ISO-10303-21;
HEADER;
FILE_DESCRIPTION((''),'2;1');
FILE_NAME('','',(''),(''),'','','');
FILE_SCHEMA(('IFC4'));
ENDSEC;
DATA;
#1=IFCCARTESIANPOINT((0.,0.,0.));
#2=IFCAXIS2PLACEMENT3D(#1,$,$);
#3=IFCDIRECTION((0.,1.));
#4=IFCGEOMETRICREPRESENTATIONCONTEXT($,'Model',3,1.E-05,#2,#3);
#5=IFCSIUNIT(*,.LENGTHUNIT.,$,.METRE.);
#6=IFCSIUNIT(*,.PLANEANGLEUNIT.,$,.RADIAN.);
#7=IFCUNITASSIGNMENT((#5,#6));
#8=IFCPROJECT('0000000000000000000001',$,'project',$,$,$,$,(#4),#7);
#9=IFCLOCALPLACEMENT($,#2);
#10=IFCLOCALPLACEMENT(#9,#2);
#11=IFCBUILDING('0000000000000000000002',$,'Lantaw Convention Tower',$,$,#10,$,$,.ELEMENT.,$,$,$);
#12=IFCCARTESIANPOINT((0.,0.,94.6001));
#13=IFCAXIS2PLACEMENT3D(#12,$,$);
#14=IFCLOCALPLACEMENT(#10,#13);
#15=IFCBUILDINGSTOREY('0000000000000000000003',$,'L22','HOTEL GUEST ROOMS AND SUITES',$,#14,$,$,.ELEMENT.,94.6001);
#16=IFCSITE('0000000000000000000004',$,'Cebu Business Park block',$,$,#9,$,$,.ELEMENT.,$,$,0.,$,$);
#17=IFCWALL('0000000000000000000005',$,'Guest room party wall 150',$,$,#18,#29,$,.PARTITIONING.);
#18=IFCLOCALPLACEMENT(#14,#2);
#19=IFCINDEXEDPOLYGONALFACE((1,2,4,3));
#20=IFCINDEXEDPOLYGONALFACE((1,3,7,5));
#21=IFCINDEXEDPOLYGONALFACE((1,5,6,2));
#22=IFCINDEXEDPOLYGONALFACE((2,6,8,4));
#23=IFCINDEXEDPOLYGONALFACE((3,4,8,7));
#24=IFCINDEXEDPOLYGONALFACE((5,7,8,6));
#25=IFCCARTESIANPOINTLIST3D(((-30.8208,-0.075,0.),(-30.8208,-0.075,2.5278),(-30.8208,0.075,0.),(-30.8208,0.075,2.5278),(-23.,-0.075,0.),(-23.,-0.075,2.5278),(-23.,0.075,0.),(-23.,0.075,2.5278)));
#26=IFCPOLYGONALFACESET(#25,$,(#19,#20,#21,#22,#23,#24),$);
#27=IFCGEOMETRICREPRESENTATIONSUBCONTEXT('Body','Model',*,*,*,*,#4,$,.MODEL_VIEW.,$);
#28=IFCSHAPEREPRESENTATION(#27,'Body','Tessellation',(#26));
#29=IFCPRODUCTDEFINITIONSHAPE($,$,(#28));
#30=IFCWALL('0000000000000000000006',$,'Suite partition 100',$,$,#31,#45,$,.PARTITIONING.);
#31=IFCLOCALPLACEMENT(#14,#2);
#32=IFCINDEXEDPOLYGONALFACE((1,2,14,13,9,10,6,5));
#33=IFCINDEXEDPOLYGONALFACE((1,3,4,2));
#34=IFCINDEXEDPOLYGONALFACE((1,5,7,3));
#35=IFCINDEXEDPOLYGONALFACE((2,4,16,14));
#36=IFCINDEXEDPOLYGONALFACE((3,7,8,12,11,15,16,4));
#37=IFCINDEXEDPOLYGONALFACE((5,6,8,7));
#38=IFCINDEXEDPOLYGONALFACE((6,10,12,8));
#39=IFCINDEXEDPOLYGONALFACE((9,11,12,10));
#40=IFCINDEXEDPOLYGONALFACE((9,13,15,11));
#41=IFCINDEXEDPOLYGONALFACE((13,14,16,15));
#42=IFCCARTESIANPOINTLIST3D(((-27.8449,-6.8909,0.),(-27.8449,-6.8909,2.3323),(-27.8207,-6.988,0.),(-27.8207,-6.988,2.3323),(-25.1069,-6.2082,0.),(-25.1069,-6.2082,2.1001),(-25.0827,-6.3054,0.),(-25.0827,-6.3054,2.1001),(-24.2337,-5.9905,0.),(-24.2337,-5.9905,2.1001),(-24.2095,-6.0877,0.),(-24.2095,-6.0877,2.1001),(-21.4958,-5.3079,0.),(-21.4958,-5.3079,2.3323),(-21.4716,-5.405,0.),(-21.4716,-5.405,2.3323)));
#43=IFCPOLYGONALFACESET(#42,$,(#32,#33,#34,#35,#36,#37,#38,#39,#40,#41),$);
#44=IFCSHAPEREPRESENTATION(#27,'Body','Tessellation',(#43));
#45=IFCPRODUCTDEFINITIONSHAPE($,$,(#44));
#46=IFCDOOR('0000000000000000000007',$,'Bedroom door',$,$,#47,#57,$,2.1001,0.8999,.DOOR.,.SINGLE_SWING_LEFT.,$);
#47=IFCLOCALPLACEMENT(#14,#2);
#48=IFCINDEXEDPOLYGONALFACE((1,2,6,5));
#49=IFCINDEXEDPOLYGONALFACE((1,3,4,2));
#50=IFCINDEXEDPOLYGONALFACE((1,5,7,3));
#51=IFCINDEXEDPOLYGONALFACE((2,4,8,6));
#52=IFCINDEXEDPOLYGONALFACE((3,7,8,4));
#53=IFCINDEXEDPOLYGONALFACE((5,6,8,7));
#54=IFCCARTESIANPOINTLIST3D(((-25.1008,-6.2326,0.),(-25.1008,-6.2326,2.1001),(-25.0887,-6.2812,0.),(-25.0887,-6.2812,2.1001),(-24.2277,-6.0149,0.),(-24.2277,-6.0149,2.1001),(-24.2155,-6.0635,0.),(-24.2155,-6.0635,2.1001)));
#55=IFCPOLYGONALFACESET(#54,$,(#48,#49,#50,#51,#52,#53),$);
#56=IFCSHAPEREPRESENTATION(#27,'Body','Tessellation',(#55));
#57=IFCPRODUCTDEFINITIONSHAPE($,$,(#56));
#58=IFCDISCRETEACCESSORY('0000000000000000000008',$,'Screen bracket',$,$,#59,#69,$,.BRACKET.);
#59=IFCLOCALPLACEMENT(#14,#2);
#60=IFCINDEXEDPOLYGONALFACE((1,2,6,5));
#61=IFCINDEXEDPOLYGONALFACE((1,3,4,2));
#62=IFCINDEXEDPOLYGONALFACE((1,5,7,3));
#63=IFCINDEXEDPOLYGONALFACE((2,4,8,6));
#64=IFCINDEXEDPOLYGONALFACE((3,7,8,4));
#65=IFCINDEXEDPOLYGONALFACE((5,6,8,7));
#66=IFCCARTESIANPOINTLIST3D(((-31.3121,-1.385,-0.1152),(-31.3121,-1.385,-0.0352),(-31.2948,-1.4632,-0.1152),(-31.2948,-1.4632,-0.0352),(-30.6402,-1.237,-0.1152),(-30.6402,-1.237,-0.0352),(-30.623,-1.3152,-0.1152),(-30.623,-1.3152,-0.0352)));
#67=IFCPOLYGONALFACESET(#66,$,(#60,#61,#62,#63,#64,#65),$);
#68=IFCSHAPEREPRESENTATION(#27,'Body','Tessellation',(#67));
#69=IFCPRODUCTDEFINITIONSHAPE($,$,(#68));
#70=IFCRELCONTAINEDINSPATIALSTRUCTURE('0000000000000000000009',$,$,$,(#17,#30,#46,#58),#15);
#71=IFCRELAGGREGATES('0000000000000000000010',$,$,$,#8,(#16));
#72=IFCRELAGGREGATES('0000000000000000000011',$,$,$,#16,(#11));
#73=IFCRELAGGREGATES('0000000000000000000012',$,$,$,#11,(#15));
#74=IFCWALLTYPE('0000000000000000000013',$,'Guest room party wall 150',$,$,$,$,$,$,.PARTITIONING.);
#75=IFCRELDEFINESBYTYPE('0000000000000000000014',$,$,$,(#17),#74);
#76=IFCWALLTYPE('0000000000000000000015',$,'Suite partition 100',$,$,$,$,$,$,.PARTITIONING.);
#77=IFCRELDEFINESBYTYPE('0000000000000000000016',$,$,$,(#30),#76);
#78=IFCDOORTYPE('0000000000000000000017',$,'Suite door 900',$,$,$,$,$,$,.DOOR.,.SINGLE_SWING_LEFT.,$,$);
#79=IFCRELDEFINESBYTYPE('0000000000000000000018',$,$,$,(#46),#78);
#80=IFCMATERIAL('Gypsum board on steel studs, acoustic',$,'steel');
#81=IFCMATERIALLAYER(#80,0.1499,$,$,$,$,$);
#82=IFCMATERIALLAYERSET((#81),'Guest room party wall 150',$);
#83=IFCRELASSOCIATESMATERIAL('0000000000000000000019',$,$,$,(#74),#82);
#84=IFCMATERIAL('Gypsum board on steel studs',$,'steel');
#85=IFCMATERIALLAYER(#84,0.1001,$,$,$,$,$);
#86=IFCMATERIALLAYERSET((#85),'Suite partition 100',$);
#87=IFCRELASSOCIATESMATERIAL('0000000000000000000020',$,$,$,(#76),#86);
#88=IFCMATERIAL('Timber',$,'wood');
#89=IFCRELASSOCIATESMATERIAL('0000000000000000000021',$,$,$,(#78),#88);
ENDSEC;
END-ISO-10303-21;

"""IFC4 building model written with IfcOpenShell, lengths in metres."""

from ifc_helpers import new_model, si_unit, direction, frame, frame_2d, origin, origin_2d, place, context, subcontext, project, spatial, rectangle, extrude, material, layer, layer_set, type_object, element, fill, save


model = new_model("IFC4")

# Units and contexts
model_context = context("Model", 3, precision=1e-05, world=origin(), true_north=direction((0.0, 1.0)))
body_context = subcontext(model_context, "Body", "Model", "MODEL_VIEW")
ifc_project = project(units=[si_unit("LENGTHUNIT", "METRE"), si_unit("PLANEANGLEUNIT", "RADIAN")], contexts=[model_context])

# Site, building, storey
site_placement = place(None, origin())
site = spatial("IfcSite", under=ifc_project, at=site_placement, Name="Cebu Business Park block", CompositionType="ELEMENT", RefElevation=0.0)
building_placement = place(site_placement, origin())
building = spatial("IfcBuilding", under=site, at=building_placement, Name="Lantaw Convention Tower", CompositionType="ELEMENT")
storey_placement = place(building_placement, frame((0.0, 0.0, 94.6001)))
storey = spatial("IfcBuildingStorey", under=building, at=storey_placement, Name="L22", Description="HOTEL GUEST ROOMS AND SUITES", CompositionType="ELEMENT", Elevation=94.6001)

# Shared definitions
ifc_material_1 = material(Name="Timber", Category="wood")

# Wall
ifc_material_2 = material(Name="Gypsum board on steel studs, acoustic", Category="steel")
ifc_layer_1 = layer(ifc_material_2, 0.1499)
ifc_layer_set_1 = layer_set([ifc_layer_1], Name="Guest room party wall 150")
wall_type_1 = type_object("IfcWallType", Name="Guest room party wall 150", PredefinedType="PARTITIONING", material=ifc_layer_set_1)
wall_1_placement = place(storey_placement, frame((-30.8208, 0.0, 0.0), z_axis=(0.0, 0.0, 1.0), x_axis=(1.0, 0.0, 0.0)))
element("IfcWall", 1, at=wall_1_placement, inside=storey, type_object=wall_type_1, Name="Guest room party wall 150", PredefinedType="PARTITIONING", context=body_context, shape_type="SweptSolid", body=[
    extrude(rectangle(XDim=7.8208, YDim=0.1499, at=frame_2d((3.9104, 0.0))), origin(), (0.0, 0.0, 1.0), 2.5278),
])

# Wall, opening, door
ifc_material_3 = material(Name="Gypsum board on steel studs", Category="steel")
ifc_layer_2 = layer(ifc_material_3, 0.1001)
ifc_layer_set_2 = layer_set([ifc_layer_2], Name="Suite partition 100")
wall_type_2 = type_object("IfcWallType", Name="Suite partition 100", PredefinedType="PARTITIONING", material=ifc_layer_set_2)
wall_2_placement = place(storey_placement, frame((-27.8328, -6.9395, 0.0), z_axis=(0.0, 0.0, 1.0), x_axis=(0.970296, 0.241921, 0.0)))
wall_2 = element("IfcWall", 2, at=wall_2_placement, inside=storey, type_object=wall_type_2, Name="Suite partition 100", PredefinedType="PARTITIONING", context=body_context, shape_type="SweptSolid", body=[
    extrude(rectangle(XDim=6.5435, YDim=0.1001, at=frame_2d((3.2717, 0.0))), origin(), (0.0, 0.0, 1.0), 2.3323),
])
opening_1_placement = place(wall_2_placement, frame((2.8218, 0.0, 0.0)))
opening_1 = element("IfcOpeningElement", 3, at=opening_1_placement, cuts=wall_2, PredefinedType="OPENING", context=body_context, shape_type="SweptSolid", body=[
    extrude(rectangle(XDim=0.8999, YDim=2.1001, at=frame_2d((0.45, 1.05))), frame((0.0, 0.0601, 0.0), z_axis=(0.0, -1.0, 0.0), x_axis=(1.0, 0.0, 0.0)), (0.0, 0.0, 1.0), 0.1201),
])
door_type_1 = type_object("IfcDoorType", Name="Suite door 900", OperationType="SINGLE_SWING_LEFT", PredefinedType="DOOR", material=ifc_material_1)
door_1_placement = place(opening_1_placement, origin())
door_1 = element("IfcDoor", 4, at=door_1_placement, inside=storey, type_object=door_type_1, Name="Bedroom door", OperationType="SINGLE_SWING_LEFT", OverallHeight=2.1001, OverallWidth=0.8999, PredefinedType="DOOR", context=body_context, shape_type="SweptSolid", body=[
    extrude(rectangle(XDim=0.8999, YDim=2.1001, at=frame_2d((0.45, 1.05))), frame((0.0, 0.0249, 0.0), z_axis=(0.0, -1.0, 0.0), x_axis=(1.0, 0.0, 0.0)), (0.0, 0.0, 1.0), 0.05),
])
fill(opening_1, door_1)

# Discrete accessory
discrete_accessory_placement = place(storey_placement, frame((-30.9675, -1.3501, -0.1152), z_axis=(0.0, 0.0, 1.0), x_axis=(0.215246, -0.97656, 0.0)))
element("IfcDiscreteAccessory", 5, at=discrete_accessory_placement, inside=storey, Name="Screen bracket", PredefinedType="BRACKET", context=body_context, shape_type="SweptSolid", body=[
    extrude(rectangle(XDim=0.0801, YDim=0.688, at=origin_2d()), origin(), (0.0, 0.0, 1.0), 0.0801),
])

save(model, "model.ifc")
